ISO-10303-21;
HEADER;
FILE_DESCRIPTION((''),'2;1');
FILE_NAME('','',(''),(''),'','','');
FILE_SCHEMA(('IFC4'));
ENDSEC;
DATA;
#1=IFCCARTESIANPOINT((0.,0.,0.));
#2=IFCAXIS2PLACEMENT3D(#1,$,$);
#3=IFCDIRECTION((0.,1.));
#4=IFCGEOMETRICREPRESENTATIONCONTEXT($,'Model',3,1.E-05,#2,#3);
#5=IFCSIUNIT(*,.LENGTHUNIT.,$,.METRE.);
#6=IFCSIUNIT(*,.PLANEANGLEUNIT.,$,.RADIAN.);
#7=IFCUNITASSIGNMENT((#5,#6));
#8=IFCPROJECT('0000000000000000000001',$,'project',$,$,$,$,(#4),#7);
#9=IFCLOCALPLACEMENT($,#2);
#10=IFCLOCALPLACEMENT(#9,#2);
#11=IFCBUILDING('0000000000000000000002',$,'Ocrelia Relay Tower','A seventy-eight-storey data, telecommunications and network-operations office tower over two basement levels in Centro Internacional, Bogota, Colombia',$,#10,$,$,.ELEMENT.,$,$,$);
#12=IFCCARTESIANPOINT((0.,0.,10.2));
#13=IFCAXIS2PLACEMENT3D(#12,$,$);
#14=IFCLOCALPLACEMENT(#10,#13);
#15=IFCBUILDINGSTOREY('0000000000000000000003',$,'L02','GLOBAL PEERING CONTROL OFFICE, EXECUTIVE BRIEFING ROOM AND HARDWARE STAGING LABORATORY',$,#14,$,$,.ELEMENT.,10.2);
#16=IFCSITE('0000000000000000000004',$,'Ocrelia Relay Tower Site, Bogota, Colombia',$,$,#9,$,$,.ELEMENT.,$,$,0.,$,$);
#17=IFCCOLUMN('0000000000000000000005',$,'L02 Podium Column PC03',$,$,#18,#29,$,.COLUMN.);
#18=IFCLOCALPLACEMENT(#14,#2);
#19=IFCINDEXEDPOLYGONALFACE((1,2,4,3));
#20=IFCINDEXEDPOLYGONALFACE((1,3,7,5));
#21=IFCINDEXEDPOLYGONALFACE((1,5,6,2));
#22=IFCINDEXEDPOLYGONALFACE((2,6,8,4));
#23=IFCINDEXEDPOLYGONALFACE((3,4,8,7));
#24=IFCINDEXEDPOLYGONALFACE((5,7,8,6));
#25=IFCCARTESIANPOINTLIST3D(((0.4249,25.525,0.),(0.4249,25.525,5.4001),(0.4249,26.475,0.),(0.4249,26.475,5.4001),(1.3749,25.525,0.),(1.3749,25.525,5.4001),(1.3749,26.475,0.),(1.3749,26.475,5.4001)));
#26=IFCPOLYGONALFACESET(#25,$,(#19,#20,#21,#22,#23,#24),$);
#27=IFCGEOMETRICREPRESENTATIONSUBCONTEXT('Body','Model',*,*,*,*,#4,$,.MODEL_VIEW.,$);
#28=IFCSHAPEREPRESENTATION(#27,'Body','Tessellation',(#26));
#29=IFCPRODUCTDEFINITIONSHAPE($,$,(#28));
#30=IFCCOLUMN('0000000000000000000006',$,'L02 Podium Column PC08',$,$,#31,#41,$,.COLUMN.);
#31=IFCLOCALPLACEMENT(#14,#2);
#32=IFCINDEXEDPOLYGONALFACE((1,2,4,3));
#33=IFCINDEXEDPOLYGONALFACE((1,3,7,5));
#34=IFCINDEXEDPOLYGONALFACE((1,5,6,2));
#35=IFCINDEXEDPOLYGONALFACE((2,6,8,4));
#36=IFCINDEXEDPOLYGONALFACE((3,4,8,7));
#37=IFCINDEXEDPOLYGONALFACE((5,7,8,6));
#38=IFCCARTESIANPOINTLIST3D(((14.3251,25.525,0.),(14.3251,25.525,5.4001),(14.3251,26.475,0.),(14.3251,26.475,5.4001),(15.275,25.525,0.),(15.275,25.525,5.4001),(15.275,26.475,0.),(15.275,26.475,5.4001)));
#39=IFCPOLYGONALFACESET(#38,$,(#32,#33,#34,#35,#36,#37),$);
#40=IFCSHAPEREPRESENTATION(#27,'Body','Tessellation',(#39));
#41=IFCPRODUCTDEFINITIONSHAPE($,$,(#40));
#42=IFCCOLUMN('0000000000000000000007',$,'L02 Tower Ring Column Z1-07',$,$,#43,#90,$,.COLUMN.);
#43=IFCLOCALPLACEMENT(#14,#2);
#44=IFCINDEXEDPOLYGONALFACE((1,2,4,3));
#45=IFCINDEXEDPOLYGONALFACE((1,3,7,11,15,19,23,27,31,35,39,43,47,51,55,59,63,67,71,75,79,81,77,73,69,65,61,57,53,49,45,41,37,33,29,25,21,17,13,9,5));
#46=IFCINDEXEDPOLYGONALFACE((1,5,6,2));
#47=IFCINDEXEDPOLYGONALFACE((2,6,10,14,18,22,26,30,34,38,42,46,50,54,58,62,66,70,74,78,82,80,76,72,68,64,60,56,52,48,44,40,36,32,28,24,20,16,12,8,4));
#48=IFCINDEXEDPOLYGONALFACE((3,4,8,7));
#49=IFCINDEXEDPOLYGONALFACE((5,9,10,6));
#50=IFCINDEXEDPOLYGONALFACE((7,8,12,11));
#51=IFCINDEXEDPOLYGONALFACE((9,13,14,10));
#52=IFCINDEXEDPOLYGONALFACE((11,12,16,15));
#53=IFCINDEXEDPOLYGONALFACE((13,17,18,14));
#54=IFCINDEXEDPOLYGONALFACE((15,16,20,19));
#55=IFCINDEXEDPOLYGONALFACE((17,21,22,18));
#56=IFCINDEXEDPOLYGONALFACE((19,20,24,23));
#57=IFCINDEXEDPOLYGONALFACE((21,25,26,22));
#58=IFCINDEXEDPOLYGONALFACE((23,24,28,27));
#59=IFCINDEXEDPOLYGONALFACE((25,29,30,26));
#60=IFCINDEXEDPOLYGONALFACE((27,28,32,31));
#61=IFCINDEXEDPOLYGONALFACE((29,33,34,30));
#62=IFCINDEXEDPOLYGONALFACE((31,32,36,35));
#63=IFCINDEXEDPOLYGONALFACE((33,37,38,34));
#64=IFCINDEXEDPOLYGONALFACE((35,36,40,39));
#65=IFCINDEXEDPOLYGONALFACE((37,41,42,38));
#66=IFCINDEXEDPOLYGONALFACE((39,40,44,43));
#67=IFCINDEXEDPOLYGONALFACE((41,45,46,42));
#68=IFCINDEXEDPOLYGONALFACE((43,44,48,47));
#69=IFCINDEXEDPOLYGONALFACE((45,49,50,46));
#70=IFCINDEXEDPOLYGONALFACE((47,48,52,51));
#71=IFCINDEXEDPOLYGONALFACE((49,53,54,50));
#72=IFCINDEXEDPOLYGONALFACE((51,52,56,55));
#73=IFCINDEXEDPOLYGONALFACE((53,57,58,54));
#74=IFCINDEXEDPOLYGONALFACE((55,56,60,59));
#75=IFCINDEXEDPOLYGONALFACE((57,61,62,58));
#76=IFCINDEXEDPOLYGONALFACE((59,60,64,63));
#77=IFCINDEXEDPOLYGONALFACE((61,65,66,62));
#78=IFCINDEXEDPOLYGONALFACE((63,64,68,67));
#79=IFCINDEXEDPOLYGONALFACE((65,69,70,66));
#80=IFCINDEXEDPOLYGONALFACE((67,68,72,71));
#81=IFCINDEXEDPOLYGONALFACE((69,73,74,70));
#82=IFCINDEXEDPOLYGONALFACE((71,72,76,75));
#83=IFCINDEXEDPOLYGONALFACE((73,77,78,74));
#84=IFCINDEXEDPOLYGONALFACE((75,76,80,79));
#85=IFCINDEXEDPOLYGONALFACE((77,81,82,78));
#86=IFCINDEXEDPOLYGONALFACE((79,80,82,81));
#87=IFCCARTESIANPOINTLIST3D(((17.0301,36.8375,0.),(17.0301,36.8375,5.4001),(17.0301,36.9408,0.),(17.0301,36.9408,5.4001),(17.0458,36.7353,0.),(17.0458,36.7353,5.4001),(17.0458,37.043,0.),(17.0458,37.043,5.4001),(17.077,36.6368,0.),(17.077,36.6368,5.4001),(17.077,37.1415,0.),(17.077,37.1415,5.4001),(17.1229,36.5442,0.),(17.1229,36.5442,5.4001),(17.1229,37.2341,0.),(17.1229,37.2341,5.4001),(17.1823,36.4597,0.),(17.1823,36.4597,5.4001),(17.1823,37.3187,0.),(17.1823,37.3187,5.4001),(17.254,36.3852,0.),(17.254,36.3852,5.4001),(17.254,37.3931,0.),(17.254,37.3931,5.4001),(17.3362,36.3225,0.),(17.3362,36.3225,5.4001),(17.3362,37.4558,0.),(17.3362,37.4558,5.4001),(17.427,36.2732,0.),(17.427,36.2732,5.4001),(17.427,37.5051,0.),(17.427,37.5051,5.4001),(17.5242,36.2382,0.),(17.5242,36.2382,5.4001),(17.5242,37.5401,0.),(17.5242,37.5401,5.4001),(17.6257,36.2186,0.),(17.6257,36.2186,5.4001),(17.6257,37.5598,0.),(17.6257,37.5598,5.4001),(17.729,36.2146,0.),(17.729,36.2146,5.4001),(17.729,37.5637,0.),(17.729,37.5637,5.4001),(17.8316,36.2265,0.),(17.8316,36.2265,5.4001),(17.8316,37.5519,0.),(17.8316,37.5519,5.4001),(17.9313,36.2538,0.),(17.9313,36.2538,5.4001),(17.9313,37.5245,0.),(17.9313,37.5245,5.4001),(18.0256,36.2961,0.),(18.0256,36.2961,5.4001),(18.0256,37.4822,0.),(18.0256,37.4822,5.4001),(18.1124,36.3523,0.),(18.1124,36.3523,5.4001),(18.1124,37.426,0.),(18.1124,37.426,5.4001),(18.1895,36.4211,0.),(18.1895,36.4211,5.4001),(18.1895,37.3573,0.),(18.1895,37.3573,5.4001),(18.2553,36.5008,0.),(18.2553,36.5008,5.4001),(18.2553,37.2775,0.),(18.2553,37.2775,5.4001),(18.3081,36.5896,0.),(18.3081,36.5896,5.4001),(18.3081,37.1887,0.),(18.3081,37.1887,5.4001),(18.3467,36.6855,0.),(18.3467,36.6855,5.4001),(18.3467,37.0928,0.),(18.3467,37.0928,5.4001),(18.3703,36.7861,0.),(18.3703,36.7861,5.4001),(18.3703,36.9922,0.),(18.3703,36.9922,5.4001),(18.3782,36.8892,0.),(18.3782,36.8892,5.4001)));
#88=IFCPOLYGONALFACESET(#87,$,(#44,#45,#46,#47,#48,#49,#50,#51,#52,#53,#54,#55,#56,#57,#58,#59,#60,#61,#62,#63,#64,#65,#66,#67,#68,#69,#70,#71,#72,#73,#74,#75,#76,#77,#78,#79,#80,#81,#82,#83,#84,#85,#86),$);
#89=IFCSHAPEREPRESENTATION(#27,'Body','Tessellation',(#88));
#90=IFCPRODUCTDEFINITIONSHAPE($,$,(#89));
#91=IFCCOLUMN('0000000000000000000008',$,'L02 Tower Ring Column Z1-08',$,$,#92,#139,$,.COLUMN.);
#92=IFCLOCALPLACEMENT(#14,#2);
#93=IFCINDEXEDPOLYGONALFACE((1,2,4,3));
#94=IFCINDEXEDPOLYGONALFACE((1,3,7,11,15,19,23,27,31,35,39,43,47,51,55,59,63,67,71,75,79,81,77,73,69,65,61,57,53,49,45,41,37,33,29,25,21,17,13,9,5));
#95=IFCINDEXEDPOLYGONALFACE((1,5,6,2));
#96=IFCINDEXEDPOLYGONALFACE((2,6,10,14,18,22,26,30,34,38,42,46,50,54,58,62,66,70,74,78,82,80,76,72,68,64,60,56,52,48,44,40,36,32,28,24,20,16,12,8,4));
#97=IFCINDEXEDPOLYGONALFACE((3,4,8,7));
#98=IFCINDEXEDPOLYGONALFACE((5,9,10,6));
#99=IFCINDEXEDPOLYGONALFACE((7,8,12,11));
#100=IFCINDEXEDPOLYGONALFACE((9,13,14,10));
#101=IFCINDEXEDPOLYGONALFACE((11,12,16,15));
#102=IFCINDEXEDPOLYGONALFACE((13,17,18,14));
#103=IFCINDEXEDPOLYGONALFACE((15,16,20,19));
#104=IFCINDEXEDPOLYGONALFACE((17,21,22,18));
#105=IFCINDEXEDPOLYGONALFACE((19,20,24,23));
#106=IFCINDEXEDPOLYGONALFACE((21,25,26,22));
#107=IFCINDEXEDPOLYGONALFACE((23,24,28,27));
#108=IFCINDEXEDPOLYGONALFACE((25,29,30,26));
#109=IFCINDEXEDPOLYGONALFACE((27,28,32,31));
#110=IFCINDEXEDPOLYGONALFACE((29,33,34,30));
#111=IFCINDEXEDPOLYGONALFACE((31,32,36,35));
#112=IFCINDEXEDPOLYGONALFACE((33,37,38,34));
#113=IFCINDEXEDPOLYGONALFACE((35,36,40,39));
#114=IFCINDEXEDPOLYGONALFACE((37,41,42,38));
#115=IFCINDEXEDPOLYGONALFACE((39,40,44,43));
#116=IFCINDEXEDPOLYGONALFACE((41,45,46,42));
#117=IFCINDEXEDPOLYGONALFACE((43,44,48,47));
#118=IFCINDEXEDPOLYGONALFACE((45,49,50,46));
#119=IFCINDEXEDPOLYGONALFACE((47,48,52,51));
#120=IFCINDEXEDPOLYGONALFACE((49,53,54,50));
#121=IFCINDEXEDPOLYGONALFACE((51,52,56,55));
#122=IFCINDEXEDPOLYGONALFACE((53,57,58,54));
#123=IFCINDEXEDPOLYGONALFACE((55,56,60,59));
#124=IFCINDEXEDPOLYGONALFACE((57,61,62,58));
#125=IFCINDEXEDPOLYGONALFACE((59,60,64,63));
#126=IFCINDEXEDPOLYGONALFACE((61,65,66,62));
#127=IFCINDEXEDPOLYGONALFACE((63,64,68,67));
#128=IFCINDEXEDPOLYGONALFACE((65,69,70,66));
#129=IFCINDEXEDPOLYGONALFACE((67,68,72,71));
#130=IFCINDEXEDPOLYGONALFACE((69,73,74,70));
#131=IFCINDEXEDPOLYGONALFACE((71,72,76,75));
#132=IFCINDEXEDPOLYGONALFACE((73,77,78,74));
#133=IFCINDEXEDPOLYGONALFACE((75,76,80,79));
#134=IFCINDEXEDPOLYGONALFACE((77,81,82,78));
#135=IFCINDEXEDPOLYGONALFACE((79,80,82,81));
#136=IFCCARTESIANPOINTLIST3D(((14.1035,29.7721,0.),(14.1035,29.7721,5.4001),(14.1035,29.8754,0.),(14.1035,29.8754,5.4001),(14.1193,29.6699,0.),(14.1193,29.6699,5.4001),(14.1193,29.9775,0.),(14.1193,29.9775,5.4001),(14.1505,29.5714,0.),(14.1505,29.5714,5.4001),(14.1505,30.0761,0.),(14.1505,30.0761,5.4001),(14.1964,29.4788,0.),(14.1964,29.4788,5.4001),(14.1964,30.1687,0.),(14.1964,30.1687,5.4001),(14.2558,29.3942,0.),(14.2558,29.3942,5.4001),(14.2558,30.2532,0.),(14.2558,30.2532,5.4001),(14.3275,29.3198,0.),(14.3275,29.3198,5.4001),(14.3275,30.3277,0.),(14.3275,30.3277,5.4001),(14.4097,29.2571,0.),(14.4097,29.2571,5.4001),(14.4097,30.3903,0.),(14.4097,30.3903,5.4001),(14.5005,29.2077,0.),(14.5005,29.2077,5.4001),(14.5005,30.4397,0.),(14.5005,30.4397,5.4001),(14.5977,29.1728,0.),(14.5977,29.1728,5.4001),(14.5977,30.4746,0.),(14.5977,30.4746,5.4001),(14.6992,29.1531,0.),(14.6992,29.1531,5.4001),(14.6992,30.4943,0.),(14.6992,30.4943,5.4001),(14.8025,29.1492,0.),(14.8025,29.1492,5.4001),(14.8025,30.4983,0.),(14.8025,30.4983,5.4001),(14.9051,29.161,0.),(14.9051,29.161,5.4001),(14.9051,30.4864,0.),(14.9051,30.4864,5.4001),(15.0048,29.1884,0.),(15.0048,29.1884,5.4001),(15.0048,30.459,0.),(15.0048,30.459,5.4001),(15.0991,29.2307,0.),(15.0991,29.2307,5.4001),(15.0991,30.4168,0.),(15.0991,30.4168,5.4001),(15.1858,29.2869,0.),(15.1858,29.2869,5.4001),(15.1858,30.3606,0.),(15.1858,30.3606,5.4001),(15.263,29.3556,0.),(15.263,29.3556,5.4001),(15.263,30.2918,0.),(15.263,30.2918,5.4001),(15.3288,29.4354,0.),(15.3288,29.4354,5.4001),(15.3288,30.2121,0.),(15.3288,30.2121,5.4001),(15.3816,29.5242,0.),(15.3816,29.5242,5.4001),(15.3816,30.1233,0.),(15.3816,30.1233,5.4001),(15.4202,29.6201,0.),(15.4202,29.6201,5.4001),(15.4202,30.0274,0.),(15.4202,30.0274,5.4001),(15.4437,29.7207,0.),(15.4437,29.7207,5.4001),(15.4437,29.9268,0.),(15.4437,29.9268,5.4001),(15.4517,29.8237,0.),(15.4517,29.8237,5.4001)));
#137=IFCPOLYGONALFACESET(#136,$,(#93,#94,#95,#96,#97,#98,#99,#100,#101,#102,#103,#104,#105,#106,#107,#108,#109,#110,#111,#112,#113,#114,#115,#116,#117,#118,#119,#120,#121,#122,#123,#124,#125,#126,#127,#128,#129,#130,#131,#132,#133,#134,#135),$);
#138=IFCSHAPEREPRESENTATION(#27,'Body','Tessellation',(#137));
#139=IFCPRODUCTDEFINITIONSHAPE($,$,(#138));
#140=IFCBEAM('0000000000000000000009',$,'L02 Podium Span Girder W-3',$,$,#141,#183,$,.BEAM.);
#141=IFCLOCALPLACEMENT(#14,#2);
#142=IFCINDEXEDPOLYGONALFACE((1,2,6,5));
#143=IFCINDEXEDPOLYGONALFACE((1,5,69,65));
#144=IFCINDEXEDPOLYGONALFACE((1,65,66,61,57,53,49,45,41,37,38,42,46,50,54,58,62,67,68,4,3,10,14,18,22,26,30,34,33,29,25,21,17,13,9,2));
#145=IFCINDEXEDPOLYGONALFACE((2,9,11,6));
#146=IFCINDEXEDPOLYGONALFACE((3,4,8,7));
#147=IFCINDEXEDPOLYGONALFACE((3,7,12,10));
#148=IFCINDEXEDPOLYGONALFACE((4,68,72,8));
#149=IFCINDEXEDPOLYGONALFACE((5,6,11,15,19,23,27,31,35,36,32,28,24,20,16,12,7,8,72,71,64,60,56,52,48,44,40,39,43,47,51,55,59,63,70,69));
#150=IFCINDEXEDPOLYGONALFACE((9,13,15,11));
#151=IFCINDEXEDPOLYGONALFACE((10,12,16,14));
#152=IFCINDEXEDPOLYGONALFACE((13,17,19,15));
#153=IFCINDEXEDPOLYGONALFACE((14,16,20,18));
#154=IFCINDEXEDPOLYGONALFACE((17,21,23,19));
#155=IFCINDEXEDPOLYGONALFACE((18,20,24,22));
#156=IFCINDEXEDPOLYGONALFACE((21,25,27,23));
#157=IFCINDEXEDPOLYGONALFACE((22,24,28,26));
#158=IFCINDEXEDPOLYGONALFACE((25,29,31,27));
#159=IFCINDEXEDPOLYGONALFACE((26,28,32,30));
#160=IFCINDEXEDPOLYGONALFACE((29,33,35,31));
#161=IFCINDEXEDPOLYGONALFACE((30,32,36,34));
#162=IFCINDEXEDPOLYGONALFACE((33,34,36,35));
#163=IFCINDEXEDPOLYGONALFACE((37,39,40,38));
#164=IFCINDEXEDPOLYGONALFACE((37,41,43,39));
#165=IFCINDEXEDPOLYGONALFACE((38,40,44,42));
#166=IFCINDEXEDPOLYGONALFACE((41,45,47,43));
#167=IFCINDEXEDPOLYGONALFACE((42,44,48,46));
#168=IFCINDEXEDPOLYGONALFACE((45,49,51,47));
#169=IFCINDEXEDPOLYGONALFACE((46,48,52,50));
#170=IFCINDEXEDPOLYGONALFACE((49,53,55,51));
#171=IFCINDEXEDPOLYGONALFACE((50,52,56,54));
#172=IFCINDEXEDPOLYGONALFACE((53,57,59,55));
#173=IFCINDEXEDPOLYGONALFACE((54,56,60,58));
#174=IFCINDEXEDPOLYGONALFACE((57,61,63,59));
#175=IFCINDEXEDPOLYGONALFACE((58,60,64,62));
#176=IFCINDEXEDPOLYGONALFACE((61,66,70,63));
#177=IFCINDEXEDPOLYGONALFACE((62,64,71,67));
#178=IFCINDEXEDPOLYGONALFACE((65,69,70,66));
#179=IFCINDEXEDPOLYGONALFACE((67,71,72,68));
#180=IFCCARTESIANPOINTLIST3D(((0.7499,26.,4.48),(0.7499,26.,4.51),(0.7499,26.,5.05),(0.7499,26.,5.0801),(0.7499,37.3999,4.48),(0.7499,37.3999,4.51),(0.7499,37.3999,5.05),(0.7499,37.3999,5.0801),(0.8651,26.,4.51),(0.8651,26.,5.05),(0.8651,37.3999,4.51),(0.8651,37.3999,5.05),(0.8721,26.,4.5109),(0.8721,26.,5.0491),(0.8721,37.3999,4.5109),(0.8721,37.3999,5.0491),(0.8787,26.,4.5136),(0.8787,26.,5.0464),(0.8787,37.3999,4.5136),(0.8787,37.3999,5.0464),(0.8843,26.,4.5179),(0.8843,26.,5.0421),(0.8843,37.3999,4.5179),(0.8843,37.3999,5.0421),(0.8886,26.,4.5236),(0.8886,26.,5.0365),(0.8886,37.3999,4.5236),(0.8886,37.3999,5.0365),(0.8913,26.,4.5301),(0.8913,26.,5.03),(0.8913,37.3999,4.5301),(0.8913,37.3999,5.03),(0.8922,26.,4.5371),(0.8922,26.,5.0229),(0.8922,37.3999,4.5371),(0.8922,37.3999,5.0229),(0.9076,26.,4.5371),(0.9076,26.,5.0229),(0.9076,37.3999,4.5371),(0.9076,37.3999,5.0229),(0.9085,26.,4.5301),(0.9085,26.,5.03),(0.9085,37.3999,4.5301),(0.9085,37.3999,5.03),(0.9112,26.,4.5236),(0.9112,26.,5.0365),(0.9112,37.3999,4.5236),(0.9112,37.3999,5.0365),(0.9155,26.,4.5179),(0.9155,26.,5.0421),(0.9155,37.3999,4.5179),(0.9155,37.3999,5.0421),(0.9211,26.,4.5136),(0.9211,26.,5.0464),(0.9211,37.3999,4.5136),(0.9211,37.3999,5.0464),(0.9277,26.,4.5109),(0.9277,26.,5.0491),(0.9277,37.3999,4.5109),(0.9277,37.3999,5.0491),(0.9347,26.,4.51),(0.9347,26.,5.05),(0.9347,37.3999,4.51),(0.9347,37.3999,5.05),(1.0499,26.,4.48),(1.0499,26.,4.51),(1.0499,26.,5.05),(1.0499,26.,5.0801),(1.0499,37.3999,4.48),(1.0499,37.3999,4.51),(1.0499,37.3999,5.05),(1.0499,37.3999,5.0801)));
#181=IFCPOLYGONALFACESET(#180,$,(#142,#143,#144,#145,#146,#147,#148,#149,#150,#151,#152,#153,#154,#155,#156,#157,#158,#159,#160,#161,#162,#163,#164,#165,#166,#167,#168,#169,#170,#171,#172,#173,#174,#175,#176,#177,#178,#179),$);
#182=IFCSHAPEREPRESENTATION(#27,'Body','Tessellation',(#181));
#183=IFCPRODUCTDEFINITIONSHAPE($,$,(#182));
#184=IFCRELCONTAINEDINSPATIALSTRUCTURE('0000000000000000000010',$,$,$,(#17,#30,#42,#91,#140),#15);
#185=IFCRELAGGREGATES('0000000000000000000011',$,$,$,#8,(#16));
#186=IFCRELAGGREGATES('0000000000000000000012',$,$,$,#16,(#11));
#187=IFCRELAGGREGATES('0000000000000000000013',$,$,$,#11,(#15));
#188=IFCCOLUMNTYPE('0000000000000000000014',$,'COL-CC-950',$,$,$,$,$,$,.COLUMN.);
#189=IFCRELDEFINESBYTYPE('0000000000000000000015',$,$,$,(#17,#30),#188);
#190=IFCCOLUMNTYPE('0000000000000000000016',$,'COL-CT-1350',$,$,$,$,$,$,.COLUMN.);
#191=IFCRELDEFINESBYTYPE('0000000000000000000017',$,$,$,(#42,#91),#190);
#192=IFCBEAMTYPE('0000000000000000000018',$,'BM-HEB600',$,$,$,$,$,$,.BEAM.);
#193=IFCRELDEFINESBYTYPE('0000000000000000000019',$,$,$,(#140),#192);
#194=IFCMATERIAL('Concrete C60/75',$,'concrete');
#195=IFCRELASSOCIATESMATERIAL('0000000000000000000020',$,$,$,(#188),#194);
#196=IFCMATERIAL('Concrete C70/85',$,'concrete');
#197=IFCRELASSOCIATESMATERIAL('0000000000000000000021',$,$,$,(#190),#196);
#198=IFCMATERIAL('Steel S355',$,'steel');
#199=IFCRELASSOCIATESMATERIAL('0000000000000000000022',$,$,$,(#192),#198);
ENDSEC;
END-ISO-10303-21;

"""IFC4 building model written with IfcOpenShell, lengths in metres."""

from ifc_helpers import new_model, si_unit, direction, frame, origin, origin_2d, place, context, subcontext, project, spatial, rectangle, circle, i_section, extrude, material, material_profile, profile_set, type_object, element, save


model = new_model("IFC4")

# Units and contexts
model_context = context("Model", 3, precision=1e-05, world=origin(), true_north=direction((0.0, 1.0)))
body_context = subcontext(model_context, "Body", "Model", "MODEL_VIEW")
ifc_project = project(units=[si_unit("LENGTHUNIT", "METRE"), si_unit("PLANEANGLEUNIT", "RADIAN")], contexts=[model_context])

# Site, building, storey
site_placement = place(None, origin())
site = spatial("IfcSite", under=ifc_project, at=site_placement, Name="Ocrelia Relay Tower Site, Bogota, Colombia", CompositionType="ELEMENT", RefElevation=0.0)
building_placement = place(site_placement, origin())
building = spatial("IfcBuilding", under=site, at=building_placement, Name="Ocrelia Relay Tower", Description="A seventy-eight-storey data, telecommunications and network-operations office tower over two basement levels in Centro Internacional, Bogota, Colombia", CompositionType="ELEMENT")
storey_placement = place(building_placement, frame((0.0, 0.0, 10.2)))
storey = spatial("IfcBuildingStorey", under=building, at=storey_placement, Name="L02", Description="GLOBAL PEERING CONTROL OFFICE, EXECUTIVE BRIEFING ROOM AND HARDWARE STAGING LABORATORY", CompositionType="ELEMENT", Elevation=10.2)

# Columns
ifc_material_1 = material(Name="Concrete C60/75", Category="concrete")
ifc_material_profile_1 = material_profile(ifc_material_1, rectangle(XDim=0.95, YDim=0.95, at=origin_2d()), Name="RC-COL-950x950")
ifc_profile_set_1 = profile_set([ifc_material_profile_1], Name="Concrete C60/75")
column_type_1 = type_object("IfcColumnType", Name="COL-CC-950", PredefinedType="COLUMN", material=ifc_profile_set_1)
for number, where, z_axis, x_axis, name in (
    (1, (0.8999, 26.0, 0.0), (0.0, 0.0, 1.0), (1.0, 0.0, 0.0), "L02 Podium Column PC03"),
    (2, (14.8, 26.0, 0.0), (0.0, 0.0, 1.0), (1.0, 0.0, 0.0), "L02 Podium Column PC08"),
):
    element("IfcColumn", number, at=place(storey_placement, frame(where, z_axis=z_axis, x_axis=x_axis)), inside=storey, type_object=column_type_1, Name=name, PredefinedType="COLUMN", context=body_context, shape_type="SweptSolid", body=[
        extrude(rectangle(XDim=0.95, YDim=0.95, at=origin_2d()), origin(), (0.0, 0.0, 1.0), 5.4001),
    ])
ifc_material_2 = material(Name="Concrete C70/85", Category="concrete")
ifc_material_profile_2 = material_profile(ifc_material_2, circle(Radius=0.675, at=origin_2d()), Name="RC-CIR-1350")
ifc_profile_set_2 = profile_set([ifc_material_profile_2], Name="Concrete C70/85")
column_type_2 = type_object("IfcColumnType", Name="COL-CT-1350", PredefinedType="COLUMN", material=ifc_profile_set_2)
for number, where, z_axis, x_axis, name in (
    (3, (17.7031, 36.8892, 0.0), (0.0, 0.0, 1.0), (1.0, 0.0, 0.0), "L02 Tower Ring Column Z1-07"),
    (4, (14.7766, 29.8237, 0.0), (0.0, 0.0, 1.0), (1.0, 0.0, 0.0), "L02 Tower Ring Column Z1-08"),
):
    element("IfcColumn", number, at=place(storey_placement, frame(where, z_axis=z_axis, x_axis=x_axis)), inside=storey, type_object=column_type_2, Name=name, PredefinedType="COLUMN", context=body_context, shape_type="SweptSolid", body=[
        extrude(circle(Radius=0.675, at=origin_2d()), origin(), (0.0, 0.0, 1.0), 5.4001),
    ])

# Beam
ifc_material_3 = material(Name="Steel S355", Category="steel")
ifc_material_profile_3 = material_profile(ifc_material_3, i_section(OverallWidth=0.3, OverallDepth=0.6001, WebThickness=0.0154, FlangeThickness=0.03, FilletRadius=0.0271, at=origin_2d()), Name="HEB 600")
ifc_profile_set_3 = profile_set([ifc_material_profile_3], Name="Steel S355")
beam_type_1 = type_object("IfcBeamType", Name="BM-HEB600", PredefinedType="BEAM", material=ifc_profile_set_3)
for number, where, z_axis, x_axis, name in (
    (5, (0.8999, 26.0, 4.78), (0.0, 1.0, 0.0), (-1.0, 0.0, 0.0), "L02 Podium Span Girder W-3"),
):
    element("IfcBeam", number, at=place(storey_placement, frame(where, z_axis=z_axis, x_axis=x_axis)), inside=storey, type_object=beam_type_1, Name=name, PredefinedType="BEAM", context=body_context, shape_type="SweptSolid", body=[
        extrude(i_section(OverallWidth=0.3, OverallDepth=0.6001, WebThickness=0.0154, FlangeThickness=0.03, FilletRadius=0.0271, at=origin_2d()), origin(), (0.0, 0.0, 1.0), 11.3999),
    ])

save(model, "model.ifc")
